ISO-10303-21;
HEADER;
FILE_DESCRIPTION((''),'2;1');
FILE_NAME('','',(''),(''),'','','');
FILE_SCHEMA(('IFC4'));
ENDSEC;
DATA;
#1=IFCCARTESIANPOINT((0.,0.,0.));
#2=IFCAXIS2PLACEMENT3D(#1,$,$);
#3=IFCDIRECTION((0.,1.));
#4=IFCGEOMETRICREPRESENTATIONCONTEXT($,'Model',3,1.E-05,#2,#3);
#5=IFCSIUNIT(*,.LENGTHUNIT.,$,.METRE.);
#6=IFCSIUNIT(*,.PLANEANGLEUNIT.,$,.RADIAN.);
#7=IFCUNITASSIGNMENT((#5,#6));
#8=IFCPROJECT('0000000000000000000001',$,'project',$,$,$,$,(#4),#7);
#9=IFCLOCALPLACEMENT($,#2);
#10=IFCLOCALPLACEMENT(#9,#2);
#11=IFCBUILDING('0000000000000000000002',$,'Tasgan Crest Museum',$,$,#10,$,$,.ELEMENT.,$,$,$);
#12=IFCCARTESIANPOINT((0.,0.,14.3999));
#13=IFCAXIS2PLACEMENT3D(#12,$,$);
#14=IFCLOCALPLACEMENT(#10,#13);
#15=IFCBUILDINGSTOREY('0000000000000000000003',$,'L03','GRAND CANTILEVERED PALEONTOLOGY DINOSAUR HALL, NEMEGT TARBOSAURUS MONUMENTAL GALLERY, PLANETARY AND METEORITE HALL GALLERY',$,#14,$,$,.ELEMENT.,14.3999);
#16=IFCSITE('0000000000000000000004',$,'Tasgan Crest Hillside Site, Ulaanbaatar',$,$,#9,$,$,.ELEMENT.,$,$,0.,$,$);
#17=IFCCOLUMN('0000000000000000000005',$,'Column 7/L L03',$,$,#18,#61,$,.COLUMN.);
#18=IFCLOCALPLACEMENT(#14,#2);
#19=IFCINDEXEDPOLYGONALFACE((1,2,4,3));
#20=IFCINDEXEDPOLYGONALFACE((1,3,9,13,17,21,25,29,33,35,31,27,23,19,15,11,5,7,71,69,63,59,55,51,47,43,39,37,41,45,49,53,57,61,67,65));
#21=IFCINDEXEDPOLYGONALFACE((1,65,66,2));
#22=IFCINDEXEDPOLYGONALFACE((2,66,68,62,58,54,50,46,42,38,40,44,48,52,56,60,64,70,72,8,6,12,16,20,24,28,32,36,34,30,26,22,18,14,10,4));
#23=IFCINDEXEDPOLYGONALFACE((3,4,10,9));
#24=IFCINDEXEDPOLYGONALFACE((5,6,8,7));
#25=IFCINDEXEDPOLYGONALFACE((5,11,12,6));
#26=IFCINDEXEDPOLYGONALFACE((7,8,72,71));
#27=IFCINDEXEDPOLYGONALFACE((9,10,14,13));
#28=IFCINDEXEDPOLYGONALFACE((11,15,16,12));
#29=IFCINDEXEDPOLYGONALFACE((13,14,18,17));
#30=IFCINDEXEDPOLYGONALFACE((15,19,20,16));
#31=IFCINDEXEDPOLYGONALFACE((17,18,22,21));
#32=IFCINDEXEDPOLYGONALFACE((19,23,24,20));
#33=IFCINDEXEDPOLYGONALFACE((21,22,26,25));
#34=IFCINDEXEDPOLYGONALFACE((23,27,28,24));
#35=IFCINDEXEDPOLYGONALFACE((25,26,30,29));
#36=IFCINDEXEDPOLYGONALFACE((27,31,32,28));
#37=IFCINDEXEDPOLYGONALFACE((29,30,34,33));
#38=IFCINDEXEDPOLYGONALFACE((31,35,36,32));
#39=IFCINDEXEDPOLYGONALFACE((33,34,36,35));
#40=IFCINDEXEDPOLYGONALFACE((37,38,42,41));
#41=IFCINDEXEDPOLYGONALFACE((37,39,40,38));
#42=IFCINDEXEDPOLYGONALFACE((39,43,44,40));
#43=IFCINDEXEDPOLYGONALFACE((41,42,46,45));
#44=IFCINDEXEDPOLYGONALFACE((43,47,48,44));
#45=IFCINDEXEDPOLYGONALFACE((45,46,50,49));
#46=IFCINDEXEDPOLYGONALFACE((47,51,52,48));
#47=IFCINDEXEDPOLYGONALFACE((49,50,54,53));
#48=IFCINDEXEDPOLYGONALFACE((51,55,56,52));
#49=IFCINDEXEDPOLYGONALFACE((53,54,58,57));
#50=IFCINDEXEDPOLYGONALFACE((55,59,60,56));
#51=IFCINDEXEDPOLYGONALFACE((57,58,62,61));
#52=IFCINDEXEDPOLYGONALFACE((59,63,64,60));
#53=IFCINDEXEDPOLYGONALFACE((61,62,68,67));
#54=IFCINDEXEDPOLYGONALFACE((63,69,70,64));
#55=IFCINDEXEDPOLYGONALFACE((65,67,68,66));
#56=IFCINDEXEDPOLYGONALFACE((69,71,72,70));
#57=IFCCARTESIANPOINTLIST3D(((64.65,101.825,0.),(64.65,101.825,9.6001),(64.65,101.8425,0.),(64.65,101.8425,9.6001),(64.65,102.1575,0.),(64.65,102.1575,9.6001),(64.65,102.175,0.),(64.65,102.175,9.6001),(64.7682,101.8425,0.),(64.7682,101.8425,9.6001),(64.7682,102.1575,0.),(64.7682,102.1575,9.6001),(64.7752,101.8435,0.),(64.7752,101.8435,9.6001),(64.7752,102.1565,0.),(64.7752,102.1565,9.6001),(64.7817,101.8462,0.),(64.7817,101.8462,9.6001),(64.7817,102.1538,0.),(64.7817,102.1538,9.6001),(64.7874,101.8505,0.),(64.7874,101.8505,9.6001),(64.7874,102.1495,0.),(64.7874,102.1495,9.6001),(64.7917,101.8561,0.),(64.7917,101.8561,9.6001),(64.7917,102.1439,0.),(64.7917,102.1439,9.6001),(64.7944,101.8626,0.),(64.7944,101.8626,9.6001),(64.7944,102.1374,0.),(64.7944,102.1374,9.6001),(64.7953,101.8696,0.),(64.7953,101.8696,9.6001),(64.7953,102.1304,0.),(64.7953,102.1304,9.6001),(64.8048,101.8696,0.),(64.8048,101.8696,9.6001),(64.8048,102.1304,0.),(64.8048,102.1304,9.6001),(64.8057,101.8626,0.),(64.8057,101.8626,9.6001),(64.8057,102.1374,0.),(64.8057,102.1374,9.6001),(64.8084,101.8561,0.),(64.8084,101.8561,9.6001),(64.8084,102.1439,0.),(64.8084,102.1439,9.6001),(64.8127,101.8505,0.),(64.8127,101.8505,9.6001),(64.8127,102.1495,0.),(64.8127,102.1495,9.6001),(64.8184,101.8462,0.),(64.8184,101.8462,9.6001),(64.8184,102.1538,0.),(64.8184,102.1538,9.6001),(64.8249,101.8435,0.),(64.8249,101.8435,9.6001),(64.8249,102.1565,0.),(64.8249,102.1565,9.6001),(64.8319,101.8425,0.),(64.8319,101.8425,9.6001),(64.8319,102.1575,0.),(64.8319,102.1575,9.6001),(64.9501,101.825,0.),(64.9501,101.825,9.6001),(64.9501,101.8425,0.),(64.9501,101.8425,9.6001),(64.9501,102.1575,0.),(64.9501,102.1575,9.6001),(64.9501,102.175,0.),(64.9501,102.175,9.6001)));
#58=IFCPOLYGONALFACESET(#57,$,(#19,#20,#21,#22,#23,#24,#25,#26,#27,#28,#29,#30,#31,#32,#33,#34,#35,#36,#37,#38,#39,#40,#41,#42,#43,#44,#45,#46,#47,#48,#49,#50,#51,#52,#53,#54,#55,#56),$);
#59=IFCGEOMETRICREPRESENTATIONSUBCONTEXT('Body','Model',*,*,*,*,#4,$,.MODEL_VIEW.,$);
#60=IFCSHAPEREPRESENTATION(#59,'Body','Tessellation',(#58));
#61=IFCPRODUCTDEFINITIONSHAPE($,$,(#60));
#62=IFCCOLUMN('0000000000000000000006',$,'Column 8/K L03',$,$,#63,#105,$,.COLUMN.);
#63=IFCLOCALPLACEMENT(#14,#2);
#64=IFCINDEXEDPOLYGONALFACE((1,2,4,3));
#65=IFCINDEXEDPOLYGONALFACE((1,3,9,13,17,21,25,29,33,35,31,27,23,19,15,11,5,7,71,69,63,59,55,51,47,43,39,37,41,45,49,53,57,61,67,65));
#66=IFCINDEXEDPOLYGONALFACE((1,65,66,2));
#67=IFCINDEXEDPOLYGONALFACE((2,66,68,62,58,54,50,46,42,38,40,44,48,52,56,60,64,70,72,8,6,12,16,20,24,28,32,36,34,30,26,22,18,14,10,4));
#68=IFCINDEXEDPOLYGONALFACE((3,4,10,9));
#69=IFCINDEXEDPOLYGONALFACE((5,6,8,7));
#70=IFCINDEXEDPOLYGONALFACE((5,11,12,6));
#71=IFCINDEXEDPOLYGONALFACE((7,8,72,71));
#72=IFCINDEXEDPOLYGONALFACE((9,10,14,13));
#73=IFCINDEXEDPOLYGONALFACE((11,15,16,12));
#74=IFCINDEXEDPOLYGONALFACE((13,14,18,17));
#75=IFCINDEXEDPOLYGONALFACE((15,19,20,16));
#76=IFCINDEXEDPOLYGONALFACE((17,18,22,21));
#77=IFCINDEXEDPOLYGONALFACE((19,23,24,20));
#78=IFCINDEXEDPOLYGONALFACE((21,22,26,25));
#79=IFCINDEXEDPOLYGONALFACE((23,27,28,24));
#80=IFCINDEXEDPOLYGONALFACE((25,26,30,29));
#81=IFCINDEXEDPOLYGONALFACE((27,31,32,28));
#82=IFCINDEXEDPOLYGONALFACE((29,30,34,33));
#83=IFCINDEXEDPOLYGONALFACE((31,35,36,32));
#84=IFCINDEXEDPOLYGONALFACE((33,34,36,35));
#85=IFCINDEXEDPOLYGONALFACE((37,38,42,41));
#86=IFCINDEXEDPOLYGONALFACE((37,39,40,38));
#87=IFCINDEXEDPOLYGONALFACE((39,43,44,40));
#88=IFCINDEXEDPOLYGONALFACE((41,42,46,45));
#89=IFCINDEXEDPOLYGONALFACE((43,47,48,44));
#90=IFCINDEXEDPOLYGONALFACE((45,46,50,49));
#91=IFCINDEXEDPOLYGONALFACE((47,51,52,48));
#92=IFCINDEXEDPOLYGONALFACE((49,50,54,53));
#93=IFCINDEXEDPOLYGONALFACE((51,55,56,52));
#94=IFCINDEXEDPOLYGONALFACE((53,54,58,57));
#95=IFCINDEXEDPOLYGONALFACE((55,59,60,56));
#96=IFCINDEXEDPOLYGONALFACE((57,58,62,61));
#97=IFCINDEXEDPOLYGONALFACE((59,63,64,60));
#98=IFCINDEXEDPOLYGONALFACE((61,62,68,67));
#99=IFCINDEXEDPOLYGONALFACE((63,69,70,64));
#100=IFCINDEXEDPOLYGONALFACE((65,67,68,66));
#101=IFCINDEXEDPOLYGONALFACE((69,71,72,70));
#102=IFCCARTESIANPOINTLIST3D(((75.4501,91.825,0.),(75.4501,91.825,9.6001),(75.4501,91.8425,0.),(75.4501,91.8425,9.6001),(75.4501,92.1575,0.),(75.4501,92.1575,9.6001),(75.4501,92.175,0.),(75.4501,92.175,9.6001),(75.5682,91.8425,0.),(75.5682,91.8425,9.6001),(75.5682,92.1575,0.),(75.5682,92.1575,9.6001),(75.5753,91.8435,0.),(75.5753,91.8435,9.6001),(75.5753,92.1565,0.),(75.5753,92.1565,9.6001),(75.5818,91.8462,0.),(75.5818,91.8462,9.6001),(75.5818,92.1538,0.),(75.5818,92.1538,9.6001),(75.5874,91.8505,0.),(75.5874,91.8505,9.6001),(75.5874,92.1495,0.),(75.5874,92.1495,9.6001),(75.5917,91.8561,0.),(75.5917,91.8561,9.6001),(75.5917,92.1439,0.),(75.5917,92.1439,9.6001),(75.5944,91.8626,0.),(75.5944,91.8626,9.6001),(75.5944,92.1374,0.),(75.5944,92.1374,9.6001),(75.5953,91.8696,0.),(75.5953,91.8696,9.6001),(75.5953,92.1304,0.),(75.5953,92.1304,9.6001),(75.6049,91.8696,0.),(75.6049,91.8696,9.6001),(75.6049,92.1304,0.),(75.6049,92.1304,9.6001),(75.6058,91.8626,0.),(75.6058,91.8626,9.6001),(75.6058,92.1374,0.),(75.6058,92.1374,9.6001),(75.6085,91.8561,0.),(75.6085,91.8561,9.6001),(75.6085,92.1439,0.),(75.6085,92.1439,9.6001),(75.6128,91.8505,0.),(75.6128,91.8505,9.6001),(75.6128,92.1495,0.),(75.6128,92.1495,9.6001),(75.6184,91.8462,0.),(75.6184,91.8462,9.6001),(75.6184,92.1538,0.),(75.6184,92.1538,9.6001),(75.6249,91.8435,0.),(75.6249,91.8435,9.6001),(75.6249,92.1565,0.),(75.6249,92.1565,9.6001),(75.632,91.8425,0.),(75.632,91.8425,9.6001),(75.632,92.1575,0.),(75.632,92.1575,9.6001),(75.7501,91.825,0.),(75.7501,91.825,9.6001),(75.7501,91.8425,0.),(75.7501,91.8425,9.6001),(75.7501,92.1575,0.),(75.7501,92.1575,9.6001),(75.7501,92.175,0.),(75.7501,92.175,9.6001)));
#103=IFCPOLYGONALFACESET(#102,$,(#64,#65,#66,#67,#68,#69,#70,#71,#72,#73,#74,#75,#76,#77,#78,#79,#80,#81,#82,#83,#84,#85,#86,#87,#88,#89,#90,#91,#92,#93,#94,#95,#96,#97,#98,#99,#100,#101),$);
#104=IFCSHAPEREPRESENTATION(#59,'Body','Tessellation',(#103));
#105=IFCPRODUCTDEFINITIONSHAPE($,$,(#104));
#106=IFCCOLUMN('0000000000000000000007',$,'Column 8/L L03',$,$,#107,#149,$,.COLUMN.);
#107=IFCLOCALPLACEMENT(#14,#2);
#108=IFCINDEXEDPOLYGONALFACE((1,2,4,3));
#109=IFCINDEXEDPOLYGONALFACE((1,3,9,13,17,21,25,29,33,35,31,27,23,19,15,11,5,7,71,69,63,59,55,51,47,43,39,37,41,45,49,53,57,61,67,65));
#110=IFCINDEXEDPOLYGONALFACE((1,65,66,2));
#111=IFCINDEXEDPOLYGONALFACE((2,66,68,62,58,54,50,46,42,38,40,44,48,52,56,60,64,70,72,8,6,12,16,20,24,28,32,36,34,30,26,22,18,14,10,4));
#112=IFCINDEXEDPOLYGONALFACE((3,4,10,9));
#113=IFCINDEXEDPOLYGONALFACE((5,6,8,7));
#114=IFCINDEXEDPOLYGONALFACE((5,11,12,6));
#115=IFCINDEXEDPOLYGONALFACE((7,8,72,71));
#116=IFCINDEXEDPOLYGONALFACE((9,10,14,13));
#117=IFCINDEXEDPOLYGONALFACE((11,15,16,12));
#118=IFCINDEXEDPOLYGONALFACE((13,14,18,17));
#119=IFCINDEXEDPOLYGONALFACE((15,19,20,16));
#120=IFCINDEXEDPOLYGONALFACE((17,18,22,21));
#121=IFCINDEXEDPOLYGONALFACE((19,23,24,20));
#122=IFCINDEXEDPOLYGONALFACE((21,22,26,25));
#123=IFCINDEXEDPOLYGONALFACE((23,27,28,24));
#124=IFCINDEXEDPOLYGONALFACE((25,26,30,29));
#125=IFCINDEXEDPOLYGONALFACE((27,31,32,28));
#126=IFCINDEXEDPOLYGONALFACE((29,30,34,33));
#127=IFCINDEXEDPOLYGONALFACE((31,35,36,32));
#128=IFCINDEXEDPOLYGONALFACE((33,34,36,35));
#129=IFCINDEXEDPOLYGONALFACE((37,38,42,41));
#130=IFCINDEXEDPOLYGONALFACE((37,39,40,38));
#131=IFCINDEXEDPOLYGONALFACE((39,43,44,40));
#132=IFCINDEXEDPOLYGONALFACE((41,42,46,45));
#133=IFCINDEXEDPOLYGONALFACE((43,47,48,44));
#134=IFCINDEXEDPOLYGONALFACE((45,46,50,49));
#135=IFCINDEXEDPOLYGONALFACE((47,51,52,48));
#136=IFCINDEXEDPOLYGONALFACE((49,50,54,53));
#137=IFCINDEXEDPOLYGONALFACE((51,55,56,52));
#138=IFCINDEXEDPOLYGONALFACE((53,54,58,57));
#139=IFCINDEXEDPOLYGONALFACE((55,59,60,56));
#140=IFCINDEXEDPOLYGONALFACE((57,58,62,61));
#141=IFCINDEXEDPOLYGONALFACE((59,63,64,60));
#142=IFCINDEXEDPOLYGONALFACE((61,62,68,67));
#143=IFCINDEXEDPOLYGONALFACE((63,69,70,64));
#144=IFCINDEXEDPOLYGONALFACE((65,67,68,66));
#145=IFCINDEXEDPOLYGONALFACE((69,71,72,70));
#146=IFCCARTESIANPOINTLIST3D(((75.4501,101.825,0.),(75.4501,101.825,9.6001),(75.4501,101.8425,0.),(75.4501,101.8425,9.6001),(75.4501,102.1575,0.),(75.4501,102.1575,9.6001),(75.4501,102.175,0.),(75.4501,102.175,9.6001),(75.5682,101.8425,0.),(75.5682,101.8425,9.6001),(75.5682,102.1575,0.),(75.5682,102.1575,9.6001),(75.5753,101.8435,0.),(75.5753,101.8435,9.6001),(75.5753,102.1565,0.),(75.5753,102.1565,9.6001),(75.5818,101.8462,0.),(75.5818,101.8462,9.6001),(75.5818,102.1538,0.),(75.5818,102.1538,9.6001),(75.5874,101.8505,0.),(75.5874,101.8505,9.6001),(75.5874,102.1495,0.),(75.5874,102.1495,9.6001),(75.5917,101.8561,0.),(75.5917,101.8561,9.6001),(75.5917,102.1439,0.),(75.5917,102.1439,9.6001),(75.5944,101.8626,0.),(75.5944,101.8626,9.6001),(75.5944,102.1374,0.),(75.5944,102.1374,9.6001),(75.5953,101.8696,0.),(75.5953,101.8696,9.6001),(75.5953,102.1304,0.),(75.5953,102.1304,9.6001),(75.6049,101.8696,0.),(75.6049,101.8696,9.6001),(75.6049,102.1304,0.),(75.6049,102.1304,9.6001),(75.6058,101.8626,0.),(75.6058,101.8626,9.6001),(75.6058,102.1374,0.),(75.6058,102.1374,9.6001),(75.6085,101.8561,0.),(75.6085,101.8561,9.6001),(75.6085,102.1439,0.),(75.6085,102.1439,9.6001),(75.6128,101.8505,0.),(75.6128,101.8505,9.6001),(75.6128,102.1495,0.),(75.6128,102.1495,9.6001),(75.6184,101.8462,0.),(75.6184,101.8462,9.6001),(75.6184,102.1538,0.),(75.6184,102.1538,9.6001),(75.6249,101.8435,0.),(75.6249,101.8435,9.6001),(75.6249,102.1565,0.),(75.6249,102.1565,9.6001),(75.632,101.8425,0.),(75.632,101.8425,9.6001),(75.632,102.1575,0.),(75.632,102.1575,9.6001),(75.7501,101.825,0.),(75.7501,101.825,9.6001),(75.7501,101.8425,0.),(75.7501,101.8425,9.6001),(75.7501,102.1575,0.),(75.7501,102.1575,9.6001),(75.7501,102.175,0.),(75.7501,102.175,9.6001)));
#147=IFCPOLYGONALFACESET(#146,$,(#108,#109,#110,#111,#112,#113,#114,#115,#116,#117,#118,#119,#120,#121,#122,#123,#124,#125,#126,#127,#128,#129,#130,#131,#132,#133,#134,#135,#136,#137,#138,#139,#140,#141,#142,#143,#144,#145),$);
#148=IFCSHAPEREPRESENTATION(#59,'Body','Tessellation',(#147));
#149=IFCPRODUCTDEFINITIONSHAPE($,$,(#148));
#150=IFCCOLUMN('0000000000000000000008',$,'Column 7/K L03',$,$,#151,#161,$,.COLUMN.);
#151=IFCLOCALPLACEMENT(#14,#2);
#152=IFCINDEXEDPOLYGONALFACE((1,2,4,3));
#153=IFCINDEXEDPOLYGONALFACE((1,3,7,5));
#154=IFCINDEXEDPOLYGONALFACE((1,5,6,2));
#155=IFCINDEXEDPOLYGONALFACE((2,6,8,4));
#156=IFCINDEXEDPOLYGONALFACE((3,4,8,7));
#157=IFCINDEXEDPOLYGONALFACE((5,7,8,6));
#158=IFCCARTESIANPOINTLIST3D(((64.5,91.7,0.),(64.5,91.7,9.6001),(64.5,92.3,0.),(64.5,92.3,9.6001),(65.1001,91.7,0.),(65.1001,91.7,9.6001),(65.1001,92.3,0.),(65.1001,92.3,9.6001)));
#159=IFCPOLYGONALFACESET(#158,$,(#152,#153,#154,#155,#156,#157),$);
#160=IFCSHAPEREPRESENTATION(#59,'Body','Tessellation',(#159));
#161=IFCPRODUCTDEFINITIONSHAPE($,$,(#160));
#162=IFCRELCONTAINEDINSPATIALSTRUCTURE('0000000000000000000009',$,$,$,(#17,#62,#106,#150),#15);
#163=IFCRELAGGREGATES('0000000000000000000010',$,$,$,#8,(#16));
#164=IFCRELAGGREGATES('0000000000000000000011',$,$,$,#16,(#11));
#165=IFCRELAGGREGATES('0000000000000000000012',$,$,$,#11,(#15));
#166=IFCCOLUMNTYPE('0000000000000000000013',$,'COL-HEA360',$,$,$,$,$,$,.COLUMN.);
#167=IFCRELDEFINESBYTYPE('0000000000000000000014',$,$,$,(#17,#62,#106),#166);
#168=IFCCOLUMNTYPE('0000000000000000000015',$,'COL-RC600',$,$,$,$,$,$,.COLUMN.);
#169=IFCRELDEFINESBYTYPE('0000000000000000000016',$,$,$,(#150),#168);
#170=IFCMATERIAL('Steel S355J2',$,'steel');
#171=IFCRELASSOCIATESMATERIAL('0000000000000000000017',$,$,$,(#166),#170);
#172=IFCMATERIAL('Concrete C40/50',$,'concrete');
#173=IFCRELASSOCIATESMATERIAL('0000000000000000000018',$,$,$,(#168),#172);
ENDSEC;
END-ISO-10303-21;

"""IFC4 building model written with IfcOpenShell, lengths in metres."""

from ifc_helpers import new_model, si_unit, direction, frame, origin, origin_2d, place, context, subcontext, project, spatial, rectangle, i_section, extrude, material, material_profile, profile_set, type_object, element, save


model = new_model("IFC4")

# Units and contexts
model_context = context("Model", 3, precision=1e-05, world=origin(), true_north=direction((0.0, 1.0)))
body_context = subcontext(model_context, "Body", "Model", "MODEL_VIEW")
ifc_project = project(units=[si_unit("LENGTHUNIT", "METRE"), si_unit("PLANEANGLEUNIT", "RADIAN")], contexts=[model_context])

# Site, building, storey
site_placement = place(None, origin())
site = spatial("IfcSite", under=ifc_project, at=site_placement, Name="Tasgan Crest Hillside Site, Ulaanbaatar", CompositionType="ELEMENT", RefElevation=0.0)
building_placement = place(site_placement, origin())
building = spatial("IfcBuilding", under=site, at=building_placement, Name="Tasgan Crest Museum", CompositionType="ELEMENT")
storey_placement = place(building_placement, frame((0.0, 0.0, 14.3999)))
storey = spatial("IfcBuildingStorey", under=building, at=storey_placement, Name="L03", Description="GRAND CANTILEVERED PALEONTOLOGY DINOSAUR HALL, NEMEGT TARBOSAURUS MONUMENTAL GALLERY, PLANETARY AND METEORITE HALL GALLERY", CompositionType="ELEMENT", Elevation=14.3999)

# Columns
ifc_material_1 = material(Name="Steel S355J2", Category="steel")
ifc_material_profile_1 = material_profile(ifc_material_1, i_section(OverallWidth=0.3, OverallDepth=0.3501, WebThickness=0.0095, FlangeThickness=0.0176, FilletRadius=0.0271, at=origin_2d()), Name="HEA 360")
ifc_profile_set_1 = profile_set([ifc_material_profile_1], Name="Steel S355J2")
column_type_1 = type_object("IfcColumnType", Name="COL-HEA360", PredefinedType="COLUMN", material=ifc_profile_set_1)
for number, where, z_axis, x_axis, name in (
    (1, (64.8, 102.0, 0.0), (0.0, 0.0, 1.0), (1.0, 0.0, 0.0), "Column 7/L L03"),
    (2, (75.6001, 92.0, 0.0), (0.0, 0.0, 1.0), (1.0, 0.0, 0.0), "Column 8/K L03"),
    (3, (75.6001, 102.0, 0.0), (0.0, 0.0, 1.0), (1.0, 0.0, 0.0), "Column 8/L L03"),
):
    element("IfcColumn", number, at=place(storey_placement, frame(where, z_axis=z_axis, x_axis=x_axis)), inside=storey, type_object=column_type_1, Name=name, PredefinedType="COLUMN", context=body_context, shape_type="SweptSolid", body=[
        extrude(i_section(OverallWidth=0.3, OverallDepth=0.3501, WebThickness=0.0095, FlangeThickness=0.0176, FilletRadius=0.0271, at=origin_2d()), origin(), (0.0, 0.0, 1.0), 9.6001),
    ])
ifc_material_2 = material(Name="Concrete C40/50", Category="concrete")
ifc_material_profile_2 = material_profile(ifc_material_2, rectangle(XDim=0.6001, YDim=0.6001, at=origin_2d()), Name="RC 600x600")
ifc_profile_set_2 = profile_set([ifc_material_profile_2], Name="Concrete C40/50")
column_type_2 = type_object("IfcColumnType", Name="COL-RC600", PredefinedType="COLUMN", material=ifc_profile_set_2)
column_placement = place(storey_placement, frame((64.8, 92.0, 0.0), z_axis=(0.0, 0.0, 1.0), x_axis=(1.0, 0.0, 0.0)))
element("IfcColumn", 4, at=column_placement, inside=storey, type_object=column_type_2, Name="Column 7/K L03", PredefinedType="COLUMN", context=body_context, shape_type="SweptSolid", body=[
    extrude(rectangle(XDim=0.6001, YDim=0.6001, at=origin_2d()), origin(), (0.0, 0.0, 1.0), 9.6001),
])

save(model, "model.ifc")
